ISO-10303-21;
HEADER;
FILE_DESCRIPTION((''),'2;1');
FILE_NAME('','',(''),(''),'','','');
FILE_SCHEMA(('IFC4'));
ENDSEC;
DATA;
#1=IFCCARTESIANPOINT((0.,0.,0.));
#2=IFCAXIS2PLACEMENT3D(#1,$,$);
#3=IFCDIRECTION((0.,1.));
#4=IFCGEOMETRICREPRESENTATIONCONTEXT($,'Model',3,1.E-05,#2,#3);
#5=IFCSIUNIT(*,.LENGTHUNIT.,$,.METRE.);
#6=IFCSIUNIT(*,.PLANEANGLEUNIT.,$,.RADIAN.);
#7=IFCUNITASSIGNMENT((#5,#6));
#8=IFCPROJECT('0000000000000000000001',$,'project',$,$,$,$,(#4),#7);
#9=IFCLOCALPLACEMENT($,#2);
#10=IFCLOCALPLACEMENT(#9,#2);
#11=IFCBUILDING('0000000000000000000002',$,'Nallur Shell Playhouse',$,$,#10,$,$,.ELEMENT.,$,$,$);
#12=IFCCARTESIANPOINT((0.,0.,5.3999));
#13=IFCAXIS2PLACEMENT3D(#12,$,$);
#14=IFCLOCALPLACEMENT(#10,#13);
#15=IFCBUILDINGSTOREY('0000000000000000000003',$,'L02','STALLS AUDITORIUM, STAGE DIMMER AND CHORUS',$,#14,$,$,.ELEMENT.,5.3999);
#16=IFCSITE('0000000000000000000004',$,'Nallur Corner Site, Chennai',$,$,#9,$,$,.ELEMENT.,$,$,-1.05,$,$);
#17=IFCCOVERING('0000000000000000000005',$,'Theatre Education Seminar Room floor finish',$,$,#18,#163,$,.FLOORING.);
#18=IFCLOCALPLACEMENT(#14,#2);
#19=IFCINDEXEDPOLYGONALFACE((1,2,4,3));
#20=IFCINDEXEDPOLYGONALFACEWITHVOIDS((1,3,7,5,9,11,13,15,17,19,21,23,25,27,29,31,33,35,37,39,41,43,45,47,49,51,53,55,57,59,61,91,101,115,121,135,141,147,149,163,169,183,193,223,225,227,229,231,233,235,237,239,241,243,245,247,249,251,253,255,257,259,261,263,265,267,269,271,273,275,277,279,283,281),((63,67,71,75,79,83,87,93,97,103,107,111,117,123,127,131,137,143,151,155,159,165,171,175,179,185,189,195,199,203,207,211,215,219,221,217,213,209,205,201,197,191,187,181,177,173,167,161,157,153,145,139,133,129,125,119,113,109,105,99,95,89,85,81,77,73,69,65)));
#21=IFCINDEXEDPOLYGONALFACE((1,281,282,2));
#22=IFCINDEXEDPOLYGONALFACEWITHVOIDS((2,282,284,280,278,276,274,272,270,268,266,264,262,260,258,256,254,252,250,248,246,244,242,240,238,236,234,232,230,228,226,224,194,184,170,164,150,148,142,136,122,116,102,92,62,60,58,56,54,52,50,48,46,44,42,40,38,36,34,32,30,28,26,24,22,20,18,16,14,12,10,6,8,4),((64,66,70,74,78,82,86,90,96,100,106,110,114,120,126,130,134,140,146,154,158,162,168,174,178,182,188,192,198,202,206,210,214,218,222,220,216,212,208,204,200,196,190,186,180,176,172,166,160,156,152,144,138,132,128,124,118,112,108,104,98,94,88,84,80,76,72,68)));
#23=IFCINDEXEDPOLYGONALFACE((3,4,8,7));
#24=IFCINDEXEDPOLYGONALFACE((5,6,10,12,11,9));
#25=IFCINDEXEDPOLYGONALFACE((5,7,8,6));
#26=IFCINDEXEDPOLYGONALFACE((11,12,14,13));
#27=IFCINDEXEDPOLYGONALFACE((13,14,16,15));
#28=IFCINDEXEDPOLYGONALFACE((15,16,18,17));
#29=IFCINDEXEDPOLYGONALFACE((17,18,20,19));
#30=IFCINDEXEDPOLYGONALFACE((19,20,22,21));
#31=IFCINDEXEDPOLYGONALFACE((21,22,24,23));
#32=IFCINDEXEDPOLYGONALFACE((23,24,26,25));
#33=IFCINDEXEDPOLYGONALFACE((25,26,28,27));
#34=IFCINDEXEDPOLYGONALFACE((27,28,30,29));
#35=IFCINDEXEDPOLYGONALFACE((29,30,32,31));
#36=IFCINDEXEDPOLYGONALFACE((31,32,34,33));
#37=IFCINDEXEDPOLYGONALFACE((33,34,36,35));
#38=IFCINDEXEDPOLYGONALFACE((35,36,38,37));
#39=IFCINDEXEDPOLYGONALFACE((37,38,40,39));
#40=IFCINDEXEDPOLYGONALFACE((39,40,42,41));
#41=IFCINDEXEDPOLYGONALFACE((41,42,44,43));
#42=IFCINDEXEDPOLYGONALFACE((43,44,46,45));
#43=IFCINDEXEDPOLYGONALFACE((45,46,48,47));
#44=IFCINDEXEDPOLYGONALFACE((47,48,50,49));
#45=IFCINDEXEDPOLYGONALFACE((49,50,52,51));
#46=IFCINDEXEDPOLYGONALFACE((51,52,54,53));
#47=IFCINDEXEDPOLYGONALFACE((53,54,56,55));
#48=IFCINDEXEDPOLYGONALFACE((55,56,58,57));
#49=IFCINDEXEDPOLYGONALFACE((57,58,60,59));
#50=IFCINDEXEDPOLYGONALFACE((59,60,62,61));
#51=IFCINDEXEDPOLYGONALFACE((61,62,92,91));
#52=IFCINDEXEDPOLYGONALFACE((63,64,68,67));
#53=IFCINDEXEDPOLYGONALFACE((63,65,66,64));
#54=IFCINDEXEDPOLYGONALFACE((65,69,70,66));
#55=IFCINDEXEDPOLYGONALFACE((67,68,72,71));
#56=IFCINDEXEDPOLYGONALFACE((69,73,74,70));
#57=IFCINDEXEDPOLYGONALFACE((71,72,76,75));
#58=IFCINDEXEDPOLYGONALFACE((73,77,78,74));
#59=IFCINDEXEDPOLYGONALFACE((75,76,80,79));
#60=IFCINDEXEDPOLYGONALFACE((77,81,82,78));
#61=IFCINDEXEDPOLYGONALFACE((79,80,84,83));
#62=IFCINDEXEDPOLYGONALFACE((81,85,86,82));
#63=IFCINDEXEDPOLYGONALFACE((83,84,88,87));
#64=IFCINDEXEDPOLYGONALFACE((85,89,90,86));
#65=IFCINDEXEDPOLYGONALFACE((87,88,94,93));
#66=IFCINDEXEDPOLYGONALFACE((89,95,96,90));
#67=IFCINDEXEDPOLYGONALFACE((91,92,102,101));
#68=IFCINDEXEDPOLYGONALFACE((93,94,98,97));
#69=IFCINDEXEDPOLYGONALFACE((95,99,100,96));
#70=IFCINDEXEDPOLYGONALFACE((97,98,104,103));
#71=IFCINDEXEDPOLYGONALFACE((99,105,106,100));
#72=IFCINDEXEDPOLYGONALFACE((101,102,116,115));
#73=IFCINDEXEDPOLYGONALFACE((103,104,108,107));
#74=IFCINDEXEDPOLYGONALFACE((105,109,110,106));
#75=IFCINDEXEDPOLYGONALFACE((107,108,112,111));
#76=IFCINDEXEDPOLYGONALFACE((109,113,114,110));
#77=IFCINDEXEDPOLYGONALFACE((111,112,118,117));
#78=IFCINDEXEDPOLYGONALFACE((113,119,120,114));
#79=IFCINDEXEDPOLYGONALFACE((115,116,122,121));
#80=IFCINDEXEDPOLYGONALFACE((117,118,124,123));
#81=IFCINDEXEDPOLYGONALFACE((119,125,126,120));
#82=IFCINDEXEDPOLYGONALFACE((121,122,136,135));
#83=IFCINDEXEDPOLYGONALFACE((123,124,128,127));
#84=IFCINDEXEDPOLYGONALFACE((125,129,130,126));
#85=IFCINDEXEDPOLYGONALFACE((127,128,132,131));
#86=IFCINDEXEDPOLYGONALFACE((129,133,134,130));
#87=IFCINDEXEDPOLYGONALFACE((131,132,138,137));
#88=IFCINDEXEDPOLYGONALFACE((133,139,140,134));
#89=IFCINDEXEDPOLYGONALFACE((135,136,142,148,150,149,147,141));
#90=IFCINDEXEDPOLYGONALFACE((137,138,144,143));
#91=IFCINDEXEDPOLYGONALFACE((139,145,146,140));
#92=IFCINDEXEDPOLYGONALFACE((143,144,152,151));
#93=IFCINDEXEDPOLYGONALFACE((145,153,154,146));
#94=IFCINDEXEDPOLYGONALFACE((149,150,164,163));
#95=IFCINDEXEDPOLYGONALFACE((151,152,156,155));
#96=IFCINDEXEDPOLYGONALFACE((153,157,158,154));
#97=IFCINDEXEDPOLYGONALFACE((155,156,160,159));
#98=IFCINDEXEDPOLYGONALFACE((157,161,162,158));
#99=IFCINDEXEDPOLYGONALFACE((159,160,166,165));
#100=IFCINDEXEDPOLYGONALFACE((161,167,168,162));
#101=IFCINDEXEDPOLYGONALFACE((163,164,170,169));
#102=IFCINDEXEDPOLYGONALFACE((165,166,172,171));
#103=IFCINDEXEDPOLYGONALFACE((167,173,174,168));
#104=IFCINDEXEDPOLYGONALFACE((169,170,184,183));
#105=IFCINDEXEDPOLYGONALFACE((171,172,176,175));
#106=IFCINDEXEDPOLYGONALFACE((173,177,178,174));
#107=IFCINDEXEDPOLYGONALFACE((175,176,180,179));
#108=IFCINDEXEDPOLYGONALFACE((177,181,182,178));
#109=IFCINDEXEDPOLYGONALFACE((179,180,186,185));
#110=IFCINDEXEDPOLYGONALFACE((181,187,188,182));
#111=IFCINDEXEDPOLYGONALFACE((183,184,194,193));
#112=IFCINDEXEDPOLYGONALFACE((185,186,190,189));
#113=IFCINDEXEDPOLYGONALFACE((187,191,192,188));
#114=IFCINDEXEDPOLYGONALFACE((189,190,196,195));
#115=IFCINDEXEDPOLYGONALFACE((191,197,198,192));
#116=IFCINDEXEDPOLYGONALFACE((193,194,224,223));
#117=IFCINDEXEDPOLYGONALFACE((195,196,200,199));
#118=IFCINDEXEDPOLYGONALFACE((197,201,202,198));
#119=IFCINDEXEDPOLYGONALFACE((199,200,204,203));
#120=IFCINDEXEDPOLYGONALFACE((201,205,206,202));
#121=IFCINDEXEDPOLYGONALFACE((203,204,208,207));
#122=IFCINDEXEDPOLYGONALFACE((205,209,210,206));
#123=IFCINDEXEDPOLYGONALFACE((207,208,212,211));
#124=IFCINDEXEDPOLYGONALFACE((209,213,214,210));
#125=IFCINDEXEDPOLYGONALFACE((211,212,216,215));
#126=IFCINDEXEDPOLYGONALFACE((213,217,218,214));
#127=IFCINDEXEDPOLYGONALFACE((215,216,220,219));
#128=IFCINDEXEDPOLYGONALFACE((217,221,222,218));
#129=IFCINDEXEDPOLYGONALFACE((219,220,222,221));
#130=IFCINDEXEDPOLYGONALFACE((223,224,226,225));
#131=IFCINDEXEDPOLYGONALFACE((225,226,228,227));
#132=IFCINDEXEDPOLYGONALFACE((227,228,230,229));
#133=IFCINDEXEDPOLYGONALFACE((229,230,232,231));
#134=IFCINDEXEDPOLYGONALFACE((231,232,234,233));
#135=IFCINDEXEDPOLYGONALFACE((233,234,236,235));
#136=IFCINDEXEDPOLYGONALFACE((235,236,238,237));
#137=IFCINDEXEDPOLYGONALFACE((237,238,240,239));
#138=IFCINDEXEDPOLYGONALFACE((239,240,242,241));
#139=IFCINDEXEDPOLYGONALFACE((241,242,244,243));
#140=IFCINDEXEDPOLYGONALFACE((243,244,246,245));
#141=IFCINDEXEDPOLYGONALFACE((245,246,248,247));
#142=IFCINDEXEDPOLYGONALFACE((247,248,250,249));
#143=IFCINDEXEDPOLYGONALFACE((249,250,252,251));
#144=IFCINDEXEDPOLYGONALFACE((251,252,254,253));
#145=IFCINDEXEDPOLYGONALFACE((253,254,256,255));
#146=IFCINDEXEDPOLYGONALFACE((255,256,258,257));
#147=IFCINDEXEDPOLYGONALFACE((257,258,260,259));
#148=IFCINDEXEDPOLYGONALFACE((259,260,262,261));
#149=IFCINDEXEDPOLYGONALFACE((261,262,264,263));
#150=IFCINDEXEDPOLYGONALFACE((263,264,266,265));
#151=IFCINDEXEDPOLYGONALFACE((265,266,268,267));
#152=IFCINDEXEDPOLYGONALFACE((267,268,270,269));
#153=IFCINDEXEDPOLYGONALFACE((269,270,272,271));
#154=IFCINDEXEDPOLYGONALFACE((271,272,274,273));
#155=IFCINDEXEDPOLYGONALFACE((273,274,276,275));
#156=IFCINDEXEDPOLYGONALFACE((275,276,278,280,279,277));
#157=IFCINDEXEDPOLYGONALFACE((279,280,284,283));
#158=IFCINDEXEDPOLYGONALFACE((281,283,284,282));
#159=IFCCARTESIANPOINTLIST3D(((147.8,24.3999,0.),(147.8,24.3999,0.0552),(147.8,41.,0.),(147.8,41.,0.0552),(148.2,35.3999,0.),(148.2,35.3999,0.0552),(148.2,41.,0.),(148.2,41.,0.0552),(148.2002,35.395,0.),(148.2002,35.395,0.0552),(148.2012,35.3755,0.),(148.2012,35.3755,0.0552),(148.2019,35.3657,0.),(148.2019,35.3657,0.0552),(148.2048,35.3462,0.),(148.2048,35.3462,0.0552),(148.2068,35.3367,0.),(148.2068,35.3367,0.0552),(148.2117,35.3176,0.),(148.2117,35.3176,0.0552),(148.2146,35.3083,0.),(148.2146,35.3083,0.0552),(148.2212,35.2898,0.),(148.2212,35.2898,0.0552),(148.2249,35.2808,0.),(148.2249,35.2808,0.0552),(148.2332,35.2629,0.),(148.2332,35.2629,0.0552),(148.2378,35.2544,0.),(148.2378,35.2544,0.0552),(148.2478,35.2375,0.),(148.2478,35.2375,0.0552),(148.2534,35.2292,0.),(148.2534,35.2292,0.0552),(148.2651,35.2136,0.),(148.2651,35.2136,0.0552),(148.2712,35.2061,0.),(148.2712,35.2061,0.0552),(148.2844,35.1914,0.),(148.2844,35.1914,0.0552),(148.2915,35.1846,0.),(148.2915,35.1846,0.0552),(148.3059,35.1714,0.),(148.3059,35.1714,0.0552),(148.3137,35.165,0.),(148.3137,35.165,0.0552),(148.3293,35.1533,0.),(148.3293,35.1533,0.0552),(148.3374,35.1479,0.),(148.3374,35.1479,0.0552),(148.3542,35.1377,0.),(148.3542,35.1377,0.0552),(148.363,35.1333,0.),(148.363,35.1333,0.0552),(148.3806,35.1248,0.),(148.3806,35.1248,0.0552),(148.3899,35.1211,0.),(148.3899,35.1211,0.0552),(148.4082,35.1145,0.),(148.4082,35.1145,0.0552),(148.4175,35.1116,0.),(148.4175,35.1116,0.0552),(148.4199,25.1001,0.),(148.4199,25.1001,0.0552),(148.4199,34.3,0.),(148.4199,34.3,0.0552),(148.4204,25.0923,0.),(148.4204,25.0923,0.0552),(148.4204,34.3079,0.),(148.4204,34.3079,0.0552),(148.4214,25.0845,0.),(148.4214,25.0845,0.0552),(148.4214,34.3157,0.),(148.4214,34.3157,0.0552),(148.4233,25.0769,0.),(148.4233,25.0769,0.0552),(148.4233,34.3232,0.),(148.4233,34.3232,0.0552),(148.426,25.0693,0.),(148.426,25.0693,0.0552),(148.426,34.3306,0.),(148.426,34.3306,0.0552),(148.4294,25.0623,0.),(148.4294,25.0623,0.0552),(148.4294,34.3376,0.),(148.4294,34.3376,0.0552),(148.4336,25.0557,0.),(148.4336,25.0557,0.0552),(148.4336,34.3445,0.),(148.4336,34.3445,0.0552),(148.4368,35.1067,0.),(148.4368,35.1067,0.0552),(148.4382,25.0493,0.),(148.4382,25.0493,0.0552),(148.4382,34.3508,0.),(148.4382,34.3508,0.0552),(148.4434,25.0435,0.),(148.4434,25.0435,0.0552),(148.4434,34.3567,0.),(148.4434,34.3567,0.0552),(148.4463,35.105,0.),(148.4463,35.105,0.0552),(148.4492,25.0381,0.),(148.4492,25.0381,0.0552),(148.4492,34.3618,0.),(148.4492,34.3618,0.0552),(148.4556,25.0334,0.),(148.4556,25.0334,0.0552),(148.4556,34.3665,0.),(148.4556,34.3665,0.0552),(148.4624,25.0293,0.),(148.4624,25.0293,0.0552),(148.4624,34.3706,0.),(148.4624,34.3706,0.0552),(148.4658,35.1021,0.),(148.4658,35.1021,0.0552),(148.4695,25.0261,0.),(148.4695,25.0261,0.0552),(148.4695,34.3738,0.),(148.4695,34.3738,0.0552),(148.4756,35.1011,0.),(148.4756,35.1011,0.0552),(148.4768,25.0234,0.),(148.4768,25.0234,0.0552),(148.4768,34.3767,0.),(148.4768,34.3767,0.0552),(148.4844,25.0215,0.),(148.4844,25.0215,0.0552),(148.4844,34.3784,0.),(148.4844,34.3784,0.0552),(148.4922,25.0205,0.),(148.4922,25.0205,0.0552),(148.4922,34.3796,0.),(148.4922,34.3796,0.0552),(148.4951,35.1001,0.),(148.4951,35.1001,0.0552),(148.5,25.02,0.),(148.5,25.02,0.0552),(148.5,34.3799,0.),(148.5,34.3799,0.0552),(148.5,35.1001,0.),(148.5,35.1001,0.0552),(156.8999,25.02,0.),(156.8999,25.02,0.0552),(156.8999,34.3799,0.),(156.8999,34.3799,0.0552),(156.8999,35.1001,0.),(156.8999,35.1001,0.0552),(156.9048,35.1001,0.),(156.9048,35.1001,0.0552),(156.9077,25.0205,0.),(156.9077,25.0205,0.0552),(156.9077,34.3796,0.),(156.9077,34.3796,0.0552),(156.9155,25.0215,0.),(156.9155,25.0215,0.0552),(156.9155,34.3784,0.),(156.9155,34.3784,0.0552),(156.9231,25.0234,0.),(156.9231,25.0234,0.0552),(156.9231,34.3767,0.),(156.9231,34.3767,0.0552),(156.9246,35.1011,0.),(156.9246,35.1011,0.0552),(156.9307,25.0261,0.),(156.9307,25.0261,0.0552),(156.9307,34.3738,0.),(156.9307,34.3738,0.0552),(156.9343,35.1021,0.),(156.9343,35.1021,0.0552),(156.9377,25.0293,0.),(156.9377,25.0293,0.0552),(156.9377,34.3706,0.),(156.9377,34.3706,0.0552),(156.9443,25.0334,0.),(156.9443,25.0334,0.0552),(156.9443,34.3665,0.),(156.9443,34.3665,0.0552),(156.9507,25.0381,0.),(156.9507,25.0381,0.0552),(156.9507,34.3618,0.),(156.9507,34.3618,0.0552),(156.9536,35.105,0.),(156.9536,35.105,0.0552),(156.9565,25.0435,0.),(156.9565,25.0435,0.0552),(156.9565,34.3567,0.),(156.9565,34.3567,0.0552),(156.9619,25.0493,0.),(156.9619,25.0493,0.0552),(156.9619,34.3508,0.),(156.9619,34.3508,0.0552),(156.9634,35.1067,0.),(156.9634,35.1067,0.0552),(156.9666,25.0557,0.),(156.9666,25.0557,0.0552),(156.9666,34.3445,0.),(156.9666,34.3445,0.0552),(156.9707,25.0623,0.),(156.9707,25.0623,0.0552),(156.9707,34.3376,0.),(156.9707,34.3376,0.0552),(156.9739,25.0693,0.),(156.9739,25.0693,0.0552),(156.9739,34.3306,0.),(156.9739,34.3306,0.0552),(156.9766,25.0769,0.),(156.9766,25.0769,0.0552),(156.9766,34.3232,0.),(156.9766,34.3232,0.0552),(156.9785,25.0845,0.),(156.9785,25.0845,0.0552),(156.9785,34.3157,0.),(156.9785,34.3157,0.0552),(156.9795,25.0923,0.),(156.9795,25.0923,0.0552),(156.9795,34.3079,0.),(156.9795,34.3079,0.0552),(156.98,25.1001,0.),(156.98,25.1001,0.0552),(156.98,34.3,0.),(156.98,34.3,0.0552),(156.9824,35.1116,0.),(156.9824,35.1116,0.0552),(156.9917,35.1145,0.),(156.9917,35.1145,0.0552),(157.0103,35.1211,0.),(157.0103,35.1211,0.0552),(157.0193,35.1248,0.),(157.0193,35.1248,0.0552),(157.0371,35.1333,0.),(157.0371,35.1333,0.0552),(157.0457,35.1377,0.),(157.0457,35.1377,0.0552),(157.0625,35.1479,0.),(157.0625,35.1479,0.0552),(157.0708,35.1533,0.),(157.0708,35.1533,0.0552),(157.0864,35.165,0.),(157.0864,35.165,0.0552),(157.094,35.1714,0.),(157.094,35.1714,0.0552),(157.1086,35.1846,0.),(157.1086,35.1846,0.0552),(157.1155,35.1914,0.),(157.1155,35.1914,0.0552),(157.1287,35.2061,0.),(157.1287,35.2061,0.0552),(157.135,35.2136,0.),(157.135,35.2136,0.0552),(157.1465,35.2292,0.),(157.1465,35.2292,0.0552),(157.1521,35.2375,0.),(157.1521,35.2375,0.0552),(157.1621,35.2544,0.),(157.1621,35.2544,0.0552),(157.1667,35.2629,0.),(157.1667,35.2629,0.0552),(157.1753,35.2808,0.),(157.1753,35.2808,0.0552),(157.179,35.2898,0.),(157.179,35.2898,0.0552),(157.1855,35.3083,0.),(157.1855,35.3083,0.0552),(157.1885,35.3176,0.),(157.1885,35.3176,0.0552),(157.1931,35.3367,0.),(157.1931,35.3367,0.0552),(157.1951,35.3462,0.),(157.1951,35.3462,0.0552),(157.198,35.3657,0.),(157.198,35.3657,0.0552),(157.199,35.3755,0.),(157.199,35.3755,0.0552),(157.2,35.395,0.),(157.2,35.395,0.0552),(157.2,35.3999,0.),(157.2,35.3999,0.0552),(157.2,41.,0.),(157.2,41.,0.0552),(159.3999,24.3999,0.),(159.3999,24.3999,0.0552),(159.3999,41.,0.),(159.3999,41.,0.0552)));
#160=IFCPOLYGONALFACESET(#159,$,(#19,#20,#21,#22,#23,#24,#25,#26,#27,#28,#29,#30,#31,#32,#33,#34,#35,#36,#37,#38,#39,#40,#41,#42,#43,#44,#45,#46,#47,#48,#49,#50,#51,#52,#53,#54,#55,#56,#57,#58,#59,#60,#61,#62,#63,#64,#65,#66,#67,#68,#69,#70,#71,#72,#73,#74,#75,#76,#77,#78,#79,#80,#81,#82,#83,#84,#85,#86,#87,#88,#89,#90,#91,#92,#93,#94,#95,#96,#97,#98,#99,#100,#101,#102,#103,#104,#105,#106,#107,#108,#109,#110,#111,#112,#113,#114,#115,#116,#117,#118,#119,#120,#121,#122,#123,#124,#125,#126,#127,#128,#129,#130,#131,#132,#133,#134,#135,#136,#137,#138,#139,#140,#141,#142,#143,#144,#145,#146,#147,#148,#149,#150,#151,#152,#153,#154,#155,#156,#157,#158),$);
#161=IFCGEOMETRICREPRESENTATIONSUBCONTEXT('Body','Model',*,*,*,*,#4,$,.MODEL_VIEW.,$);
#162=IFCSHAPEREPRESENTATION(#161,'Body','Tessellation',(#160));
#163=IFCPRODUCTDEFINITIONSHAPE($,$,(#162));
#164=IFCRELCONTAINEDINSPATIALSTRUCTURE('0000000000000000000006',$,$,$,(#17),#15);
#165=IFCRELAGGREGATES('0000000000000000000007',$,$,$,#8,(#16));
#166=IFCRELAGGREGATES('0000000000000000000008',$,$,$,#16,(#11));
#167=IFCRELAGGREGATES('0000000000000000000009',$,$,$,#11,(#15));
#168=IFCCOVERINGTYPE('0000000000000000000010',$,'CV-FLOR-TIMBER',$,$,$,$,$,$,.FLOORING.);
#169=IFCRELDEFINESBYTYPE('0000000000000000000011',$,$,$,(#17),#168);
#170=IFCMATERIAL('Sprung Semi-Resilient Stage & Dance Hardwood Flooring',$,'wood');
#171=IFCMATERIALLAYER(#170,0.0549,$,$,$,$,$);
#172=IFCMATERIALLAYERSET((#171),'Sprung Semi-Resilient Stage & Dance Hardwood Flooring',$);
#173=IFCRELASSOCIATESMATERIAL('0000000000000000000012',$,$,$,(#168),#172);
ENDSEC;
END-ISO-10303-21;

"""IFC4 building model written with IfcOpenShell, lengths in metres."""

from ifc_helpers import new_model, si_unit, direction, frame, origin, place, context, subcontext, project, spatial, polyline, outline, extrude, material, layer, layer_set, type_object, element, save


model = new_model("IFC4")

# Units and contexts
model_context = context("Model", 3, precision=1e-05, world=origin(), true_north=direction((0.0, 1.0)))
body_context = subcontext(model_context, "Body", "Model", "MODEL_VIEW")
ifc_project = project(units=[si_unit("LENGTHUNIT", "METRE"), si_unit("PLANEANGLEUNIT", "RADIAN")], contexts=[model_context])

# Site, building, storey
site_placement = place(None, origin())
site = spatial("IfcSite", under=ifc_project, at=site_placement, Name="Nallur Corner Site, Chennai", CompositionType="ELEMENT", RefElevation=-1.05)
building_placement = place(site_placement, origin())
building = spatial("IfcBuilding", under=site, at=building_placement, Name="Nallur Shell Playhouse", CompositionType="ELEMENT")
storey_placement = place(building_placement, frame((0.0, 0.0, 5.3999)))
storey = spatial("IfcBuildingStorey", under=building, at=storey_placement, Name="L02", Description="STALLS AUDITORIUM, STAGE DIMMER AND CHORUS", CompositionType="ELEMENT", Elevation=5.3999)

# Covering
ifc_material_1 = material(Name="Sprung Semi-Resilient Stage & Dance Hardwood Flooring", Category="wood")
ifc_layer_1 = layer(ifc_material_1, 0.0549)
ifc_layer_set_1 = layer_set([ifc_layer_1], Name="Sprung Semi-Resilient Stage & Dance Hardwood Flooring")
covering_type_1 = type_object("IfcCoveringType", Name="CV-FLOR-TIMBER", PredefinedType="FLOORING", material=ifc_layer_set_1)
covering_1_placement = place(storey_placement, origin())
element("IfcCovering", 1, at=covering_1_placement, inside=storey, type_object=covering_type_1, Name="Theatre Education Seminar Room floor finish", PredefinedType="FLOORING", context=body_context, shape_type="SweptSolid", body=[
    extrude(outline(polyline([(148.2068, 35.3367), (148.2117, 35.3176), (148.2146, 35.3083), (148.2212, 35.2898), (148.2249, 35.2808), (148.2332, 35.2629), (148.2378, 35.2544), (148.2478, 35.2375), (148.2534, 35.2292), (148.2651, 35.2136), (148.2712, 35.2061), (148.2844, 35.1914), (148.2915, 35.1846), (148.3059, 35.1714), (148.3137, 35.165), (148.3293, 35.1533), (148.3374, 35.1479), (148.3542, 35.1377), (148.363, 35.1333), (148.3806, 35.1248), (148.3899, 35.1211), (148.4082, 35.1145), (148.4175, 35.1116), (148.4368, 35.1067), (148.4463, 35.105), (148.4658, 35.1021), (148.4756, 35.1011), (148.4951, 35.1001), (148.5, 35.1001), (156.8999, 35.1001), (156.9048, 35.1001), (156.9246, 35.1011), (156.9343, 35.1021), (156.9536, 35.105), (156.9634, 35.1067), (156.9824, 35.1116), (156.9917, 35.1145), (157.0103, 35.1211), (157.0193, 35.1248), (157.0371, 35.1333), (157.0457, 35.1377), (157.0625, 35.1479), (157.0708, 35.1533), (157.0864, 35.165), (157.094, 35.1714), (157.1086, 35.1846), (157.1155, 35.1914), (157.1287, 35.2061), (157.135, 35.2136), (157.1465, 35.2292), (157.1521, 35.2375), (157.1621, 35.2544), (157.1667, 35.2629), (157.1753, 35.2808), (157.179, 35.2898), (157.1855, 35.3083), (157.1885, 35.3176), (157.1931, 35.3367), (157.1951, 35.3462), (157.198, 35.3657), (157.199, 35.3755), (157.2, 35.395), (157.2, 35.3999), (157.2, 41.0), (159.3999, 41.0), (159.3999, 24.3999), (147.8, 24.3999), (147.8, 41.0), (148.2, 41.0), (148.2, 35.3999), (148.2002, 35.395), (148.2012, 35.3755), (148.2019, 35.3657), (148.2048, 35.3462), (148.2068, 35.3367)]), holes=[polyline([(156.9155, 25.0215), (156.9231, 25.0234), (156.9307, 25.0261), (156.9377, 25.0293), (156.9443, 25.0334), (156.9507, 25.0381), (156.9565, 25.0435), (156.9619, 25.0493), (156.9666, 25.0557), (156.9707, 25.0623), (156.9739, 25.0693), (156.9766, 25.0769), (156.9785, 25.0845), (156.9795, 25.0923), (156.98, 25.1001), (156.98, 34.3), (156.9795, 34.3079), (156.9785, 34.3157), (156.9766, 34.3232), (156.9739, 34.3306), (156.9707, 34.3376), (156.9666, 34.3445), (156.9619, 34.3508), (156.9565, 34.3567), (156.9507, 34.3618), (156.9443, 34.3665), (156.9377, 34.3706), (156.9307, 34.3738), (156.9231, 34.3767), (156.9155, 34.3784), (156.9077, 34.3796), (156.8999, 34.3799), (148.5, 34.3799), (148.4922, 34.3796), (148.4844, 34.3784), (148.4768, 34.3767), (148.4695, 34.3738), (148.4624, 34.3706), (148.4556, 34.3665), (148.4492, 34.3618), (148.4434, 34.3567), (148.4382, 34.3508), (148.4336, 34.3445), (148.4294, 34.3376), (148.426, 34.3306), (148.4233, 34.3232), (148.4214, 34.3157), (148.4204, 34.3079), (148.4199, 34.3), (148.4199, 25.1001), (148.4204, 25.0923), (148.4214, 25.0845), (148.4233, 25.0769), (148.426, 25.0693), (148.4294, 25.0623), (148.4336, 25.0557), (148.4382, 25.0493), (148.4434, 25.0435), (148.4492, 25.0381), (148.4556, 25.0334), (148.4624, 25.0293), (148.4695, 25.0261), (148.4768, 25.0234), (148.4844, 25.0215), (148.4922, 25.0205), (148.5, 25.02), (156.8999, 25.02), (156.9077, 25.0205), (156.9155, 25.0215)])]), origin(), (0.0, 0.0, 1.0), 0.0552),
])

save(model, "model.ifc")
